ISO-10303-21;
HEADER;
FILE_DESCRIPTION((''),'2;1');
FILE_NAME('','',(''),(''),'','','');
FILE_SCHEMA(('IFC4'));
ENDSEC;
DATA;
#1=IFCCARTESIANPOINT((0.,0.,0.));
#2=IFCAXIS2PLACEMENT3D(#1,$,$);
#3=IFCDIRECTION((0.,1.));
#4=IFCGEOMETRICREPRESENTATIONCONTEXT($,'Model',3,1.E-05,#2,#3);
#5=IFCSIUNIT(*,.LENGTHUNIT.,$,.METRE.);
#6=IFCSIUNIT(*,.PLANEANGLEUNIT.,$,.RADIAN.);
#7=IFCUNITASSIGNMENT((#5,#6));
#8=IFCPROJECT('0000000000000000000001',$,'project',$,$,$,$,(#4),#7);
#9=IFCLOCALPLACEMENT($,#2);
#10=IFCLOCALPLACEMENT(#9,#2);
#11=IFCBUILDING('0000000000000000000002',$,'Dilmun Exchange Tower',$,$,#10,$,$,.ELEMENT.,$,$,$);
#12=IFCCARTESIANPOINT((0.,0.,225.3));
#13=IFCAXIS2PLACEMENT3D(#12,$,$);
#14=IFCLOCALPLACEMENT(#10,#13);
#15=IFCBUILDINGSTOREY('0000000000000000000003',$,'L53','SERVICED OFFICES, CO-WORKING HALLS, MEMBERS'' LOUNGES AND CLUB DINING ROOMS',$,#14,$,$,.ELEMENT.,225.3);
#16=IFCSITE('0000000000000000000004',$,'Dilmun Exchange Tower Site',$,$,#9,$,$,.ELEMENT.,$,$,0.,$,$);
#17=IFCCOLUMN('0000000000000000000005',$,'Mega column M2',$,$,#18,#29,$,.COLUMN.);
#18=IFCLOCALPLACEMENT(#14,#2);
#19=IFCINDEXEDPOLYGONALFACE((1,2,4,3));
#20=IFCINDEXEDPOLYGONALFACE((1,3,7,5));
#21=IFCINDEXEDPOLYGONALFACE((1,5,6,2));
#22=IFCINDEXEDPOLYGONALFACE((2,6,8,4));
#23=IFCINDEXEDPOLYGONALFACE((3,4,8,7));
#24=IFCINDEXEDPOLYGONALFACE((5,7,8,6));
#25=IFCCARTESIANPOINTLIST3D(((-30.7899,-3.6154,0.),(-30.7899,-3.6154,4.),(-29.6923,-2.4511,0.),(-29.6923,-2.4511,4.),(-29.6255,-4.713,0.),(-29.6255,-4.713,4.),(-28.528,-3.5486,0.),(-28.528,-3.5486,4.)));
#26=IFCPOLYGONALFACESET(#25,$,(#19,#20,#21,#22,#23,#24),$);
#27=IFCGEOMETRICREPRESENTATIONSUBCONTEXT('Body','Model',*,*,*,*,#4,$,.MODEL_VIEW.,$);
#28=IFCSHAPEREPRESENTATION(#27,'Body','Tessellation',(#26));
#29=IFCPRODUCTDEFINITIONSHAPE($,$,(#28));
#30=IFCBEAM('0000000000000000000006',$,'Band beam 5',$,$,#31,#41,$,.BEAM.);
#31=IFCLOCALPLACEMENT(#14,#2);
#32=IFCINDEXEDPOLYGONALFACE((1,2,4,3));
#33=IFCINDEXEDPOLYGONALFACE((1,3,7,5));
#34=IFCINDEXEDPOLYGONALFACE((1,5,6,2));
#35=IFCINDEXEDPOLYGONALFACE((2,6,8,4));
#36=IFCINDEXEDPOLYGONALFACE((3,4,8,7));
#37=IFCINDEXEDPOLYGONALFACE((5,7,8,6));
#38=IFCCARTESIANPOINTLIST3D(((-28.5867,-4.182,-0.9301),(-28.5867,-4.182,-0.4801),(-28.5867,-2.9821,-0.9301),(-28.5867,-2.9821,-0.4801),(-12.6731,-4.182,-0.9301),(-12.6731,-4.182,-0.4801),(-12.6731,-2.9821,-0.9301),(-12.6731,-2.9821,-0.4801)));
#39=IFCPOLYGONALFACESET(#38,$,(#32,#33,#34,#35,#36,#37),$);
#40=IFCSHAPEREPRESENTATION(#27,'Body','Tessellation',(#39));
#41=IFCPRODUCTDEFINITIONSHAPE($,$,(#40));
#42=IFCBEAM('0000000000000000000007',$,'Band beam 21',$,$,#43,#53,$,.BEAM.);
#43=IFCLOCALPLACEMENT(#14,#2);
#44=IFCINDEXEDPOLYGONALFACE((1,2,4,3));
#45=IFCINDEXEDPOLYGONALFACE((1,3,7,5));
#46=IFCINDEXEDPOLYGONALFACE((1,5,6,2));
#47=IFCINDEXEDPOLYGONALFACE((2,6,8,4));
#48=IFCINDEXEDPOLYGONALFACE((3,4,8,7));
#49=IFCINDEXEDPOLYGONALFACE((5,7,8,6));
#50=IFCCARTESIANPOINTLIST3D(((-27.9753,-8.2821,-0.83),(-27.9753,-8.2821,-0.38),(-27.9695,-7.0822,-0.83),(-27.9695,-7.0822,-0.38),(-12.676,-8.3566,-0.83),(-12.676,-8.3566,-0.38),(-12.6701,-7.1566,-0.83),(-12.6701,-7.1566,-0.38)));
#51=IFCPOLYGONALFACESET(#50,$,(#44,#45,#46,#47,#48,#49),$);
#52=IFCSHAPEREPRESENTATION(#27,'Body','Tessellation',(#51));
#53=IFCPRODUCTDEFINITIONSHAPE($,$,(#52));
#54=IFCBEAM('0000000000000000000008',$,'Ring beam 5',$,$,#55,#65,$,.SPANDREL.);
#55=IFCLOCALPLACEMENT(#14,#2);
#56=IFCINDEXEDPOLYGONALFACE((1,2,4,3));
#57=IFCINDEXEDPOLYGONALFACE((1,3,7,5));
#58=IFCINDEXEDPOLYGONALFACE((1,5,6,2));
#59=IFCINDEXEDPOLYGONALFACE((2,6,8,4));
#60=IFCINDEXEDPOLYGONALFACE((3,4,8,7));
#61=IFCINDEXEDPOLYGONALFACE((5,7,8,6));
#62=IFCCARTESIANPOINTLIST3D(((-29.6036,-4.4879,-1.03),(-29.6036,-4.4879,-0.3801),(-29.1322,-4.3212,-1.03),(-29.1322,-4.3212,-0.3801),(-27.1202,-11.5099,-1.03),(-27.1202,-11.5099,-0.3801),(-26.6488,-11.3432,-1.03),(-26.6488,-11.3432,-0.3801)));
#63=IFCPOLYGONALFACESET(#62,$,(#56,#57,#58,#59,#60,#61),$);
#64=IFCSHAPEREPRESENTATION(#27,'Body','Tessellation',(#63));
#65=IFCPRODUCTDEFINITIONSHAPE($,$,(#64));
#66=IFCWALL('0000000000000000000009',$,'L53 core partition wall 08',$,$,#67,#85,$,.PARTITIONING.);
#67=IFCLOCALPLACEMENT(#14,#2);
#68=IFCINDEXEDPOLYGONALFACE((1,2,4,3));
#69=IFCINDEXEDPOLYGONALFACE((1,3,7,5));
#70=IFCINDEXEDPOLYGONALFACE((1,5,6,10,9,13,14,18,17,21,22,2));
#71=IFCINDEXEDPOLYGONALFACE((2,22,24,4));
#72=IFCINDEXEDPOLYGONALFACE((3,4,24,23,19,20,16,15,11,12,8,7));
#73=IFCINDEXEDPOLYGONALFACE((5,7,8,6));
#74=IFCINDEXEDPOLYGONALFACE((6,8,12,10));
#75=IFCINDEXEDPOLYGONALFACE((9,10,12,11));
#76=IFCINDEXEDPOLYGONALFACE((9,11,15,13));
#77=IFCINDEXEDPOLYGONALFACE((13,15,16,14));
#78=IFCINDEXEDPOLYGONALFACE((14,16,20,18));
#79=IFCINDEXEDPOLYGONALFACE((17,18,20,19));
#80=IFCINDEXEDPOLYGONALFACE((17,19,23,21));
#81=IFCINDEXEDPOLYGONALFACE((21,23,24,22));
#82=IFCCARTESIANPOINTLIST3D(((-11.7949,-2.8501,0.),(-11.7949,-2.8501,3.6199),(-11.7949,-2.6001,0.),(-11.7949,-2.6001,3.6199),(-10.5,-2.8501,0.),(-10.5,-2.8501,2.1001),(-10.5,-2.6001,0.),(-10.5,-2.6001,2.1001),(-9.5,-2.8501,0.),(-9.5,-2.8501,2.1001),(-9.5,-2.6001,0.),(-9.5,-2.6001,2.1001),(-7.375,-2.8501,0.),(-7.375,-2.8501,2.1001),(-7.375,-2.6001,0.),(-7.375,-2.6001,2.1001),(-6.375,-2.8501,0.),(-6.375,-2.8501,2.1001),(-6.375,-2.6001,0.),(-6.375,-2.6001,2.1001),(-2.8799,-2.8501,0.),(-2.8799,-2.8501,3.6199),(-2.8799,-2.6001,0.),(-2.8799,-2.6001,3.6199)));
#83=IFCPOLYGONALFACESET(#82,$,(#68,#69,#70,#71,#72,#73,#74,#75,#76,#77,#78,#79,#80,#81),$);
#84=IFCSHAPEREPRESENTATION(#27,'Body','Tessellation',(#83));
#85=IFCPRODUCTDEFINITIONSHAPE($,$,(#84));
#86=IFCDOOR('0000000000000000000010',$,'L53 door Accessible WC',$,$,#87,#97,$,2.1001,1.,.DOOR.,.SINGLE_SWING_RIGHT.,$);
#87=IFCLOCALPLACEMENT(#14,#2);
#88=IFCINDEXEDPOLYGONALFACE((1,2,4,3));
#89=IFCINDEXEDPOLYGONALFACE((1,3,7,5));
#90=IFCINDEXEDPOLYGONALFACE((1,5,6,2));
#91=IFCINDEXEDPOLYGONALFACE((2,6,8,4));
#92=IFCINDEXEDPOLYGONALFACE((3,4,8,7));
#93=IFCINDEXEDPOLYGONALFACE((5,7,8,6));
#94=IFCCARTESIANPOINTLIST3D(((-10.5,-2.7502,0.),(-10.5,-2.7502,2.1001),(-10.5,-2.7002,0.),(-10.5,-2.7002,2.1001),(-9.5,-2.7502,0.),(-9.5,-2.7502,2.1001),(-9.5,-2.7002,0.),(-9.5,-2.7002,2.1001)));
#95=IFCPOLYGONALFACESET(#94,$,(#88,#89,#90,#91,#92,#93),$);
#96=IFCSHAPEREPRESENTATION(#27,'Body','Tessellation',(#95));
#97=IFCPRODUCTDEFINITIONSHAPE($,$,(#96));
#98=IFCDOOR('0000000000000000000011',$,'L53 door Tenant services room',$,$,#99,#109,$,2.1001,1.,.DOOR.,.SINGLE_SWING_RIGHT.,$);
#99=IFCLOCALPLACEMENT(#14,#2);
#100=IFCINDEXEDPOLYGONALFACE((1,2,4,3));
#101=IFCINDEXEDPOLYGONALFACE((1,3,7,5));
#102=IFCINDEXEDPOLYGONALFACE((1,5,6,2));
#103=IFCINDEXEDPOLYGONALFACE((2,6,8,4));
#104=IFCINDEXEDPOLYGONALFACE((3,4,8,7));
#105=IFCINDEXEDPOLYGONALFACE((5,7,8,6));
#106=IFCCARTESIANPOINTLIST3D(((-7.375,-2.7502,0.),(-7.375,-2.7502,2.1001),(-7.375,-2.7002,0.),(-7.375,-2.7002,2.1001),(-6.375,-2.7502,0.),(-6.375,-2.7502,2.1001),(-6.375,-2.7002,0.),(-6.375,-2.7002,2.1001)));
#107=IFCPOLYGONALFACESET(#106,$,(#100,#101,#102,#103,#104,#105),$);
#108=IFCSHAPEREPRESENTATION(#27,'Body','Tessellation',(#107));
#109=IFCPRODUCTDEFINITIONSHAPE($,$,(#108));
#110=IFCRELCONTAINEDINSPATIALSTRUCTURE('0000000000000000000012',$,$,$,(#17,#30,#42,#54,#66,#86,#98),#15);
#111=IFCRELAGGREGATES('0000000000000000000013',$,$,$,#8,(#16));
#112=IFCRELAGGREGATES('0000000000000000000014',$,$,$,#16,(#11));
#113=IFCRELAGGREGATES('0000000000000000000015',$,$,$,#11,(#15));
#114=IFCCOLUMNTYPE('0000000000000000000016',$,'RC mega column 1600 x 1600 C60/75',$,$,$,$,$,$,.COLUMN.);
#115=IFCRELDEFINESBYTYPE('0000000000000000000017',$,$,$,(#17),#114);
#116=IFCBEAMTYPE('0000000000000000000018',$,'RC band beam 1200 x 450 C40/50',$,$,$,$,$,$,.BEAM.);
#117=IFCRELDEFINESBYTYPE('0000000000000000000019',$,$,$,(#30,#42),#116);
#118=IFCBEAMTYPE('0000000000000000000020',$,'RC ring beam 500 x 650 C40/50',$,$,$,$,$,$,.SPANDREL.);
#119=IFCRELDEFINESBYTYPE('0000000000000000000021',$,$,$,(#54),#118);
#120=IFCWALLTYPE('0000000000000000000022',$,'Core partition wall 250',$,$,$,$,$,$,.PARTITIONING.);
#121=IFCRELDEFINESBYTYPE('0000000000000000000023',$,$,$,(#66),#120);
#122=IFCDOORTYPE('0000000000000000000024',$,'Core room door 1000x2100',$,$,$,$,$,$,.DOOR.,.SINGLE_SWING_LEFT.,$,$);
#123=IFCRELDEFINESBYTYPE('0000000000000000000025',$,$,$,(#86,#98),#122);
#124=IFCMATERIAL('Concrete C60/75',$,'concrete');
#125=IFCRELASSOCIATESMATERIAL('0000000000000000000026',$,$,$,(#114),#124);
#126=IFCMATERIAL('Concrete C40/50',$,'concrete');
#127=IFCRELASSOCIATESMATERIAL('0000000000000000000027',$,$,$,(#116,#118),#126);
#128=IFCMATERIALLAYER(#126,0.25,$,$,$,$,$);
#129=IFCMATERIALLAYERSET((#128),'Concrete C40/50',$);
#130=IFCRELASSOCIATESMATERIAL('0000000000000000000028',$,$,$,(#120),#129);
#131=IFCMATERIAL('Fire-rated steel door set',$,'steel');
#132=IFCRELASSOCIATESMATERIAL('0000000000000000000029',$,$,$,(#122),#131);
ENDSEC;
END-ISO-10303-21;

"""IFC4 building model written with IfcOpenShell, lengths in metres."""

from ifc_helpers import new_model, si_unit, direction, frame, frame_2d, origin, origin_2d, place, context, subcontext, project, spatial, rectangle, extrude, material, layer, layer_set, material_profile, profile_set, type_object, element, fill, save


model = new_model("IFC4")

# Units and contexts
model_context = context("Model", 3, precision=1e-05, world=origin(), true_north=direction((0.0, 1.0)))
body_context = subcontext(model_context, "Body", "Model", "MODEL_VIEW")
ifc_project = project(units=[si_unit("LENGTHUNIT", "METRE"), si_unit("PLANEANGLEUNIT", "RADIAN")], contexts=[model_context])

# Site, building, storey
site_placement = place(None, origin())
site = spatial("IfcSite", under=ifc_project, at=site_placement, Name="Dilmun Exchange Tower Site", CompositionType="ELEMENT", RefElevation=0.0)
building_placement = place(site_placement, origin())
building = spatial("IfcBuilding", under=site, at=building_placement, Name="Dilmun Exchange Tower", CompositionType="ELEMENT")
storey_placement = place(building_placement, frame((0.0, 0.0, 225.3)))
storey = spatial("IfcBuildingStorey", under=building, at=storey_placement, Name="L53", Description="SERVICED OFFICES, CO-WORKING HALLS, MEMBERS' LOUNGES AND CLUB DINING ROOMS", CompositionType="ELEMENT", Elevation=225.3)

# Column
ifc_material_1 = material(Name="Concrete C60/75", Category="concrete")
ifc_material_profile_1 = material_profile(ifc_material_1, rectangle(XDim=1.6001, YDim=1.6001, at=origin_2d()), Name="1600 x 1600")
ifc_profile_set_1 = profile_set([ifc_material_profile_1], Name="Concrete C60/75")
column_type = type_object("IfcColumnType", Name="RC mega column 1600 x 1600 C60/75", PredefinedType="COLUMN", material=ifc_profile_set_1)
column_placement = place(storey_placement, frame((-29.6589, -3.582, 0.0), z_axis=(0.0, 0.0, 1.0), x_axis=(0.685916, 0.727681, 0.0)))
element("IfcColumn", 1, at=column_placement, inside=storey, type_object=column_type, Name="Mega column M2", PredefinedType="COLUMN", context=body_context, shape_type="SweptSolid", body=[
    extrude(rectangle(XDim=1.6001, YDim=1.6001, at=origin_2d()), origin(), (0.0, 0.0, 1.0), 4.0),
])

# Beams
ifc_material_2 = material(Name="Concrete C40/50", Category="concrete")
ifc_material_profile_2 = material_profile(ifc_material_2, rectangle(XDim=1.2, YDim=0.45, at=origin_2d()), Name="1200 x 450")
ifc_profile_set_2 = profile_set([ifc_material_profile_2], Name="Concrete C40/50")
beam_type_1 = type_object("IfcBeamType", Name="RC band beam 1200 x 450 C40/50", PredefinedType="BEAM", material=ifc_profile_set_2)
beam_1_placement = place(storey_placement, frame((-28.5867, -3.582, -0.7051), z_axis=(1.0, 0.0, 0.0), x_axis=(0.0, 1.0, 0.0)))
element("IfcBeam", 2, at=beam_1_placement, inside=storey, type_object=beam_type_1, Name="Band beam 5", PredefinedType="BEAM", context=body_context, shape_type="SweptSolid", body=[
    extrude(rectangle(XDim=1.2, YDim=0.45, at=origin_2d()), origin(), (0.0, 0.0, 1.0), 15.9136),
])
beam_2_placement = place(storey_placement, frame((-27.9724, -7.6821, -0.605), z_axis=(0.999988, -0.004867, 0.0), x_axis=(0.004867, 0.999988, 0.0)))
element("IfcBeam", 3, at=beam_2_placement, inside=storey, type_object=beam_type_1, Name="Band beam 21", PredefinedType="BEAM", context=body_context, shape_type="SweptSolid", body=[
    extrude(rectangle(XDim=1.2, YDim=0.45, at=origin_2d()), origin(), (0.0, 0.0, 1.0), 15.2996),
])
ifc_material_profile_3 = material_profile(ifc_material_2, rectangle(XDim=0.5, YDim=0.6499, at=origin_2d()), Name="500 x 650")
ifc_profile_set_3 = profile_set([ifc_material_profile_3], Name="Concrete C40/50")
beam_type_2 = type_object("IfcBeamType", Name="RC ring beam 500 x 650 C40/50", PredefinedType="SPANDREL", material=ifc_profile_set_3)
beam_3_placement = place(storey_placement, frame((-29.3679, -4.4045, -0.7051), z_axis=(0.333424, -0.942777, 0.0), x_axis=(0.942777, 0.333424, 0.0)))
element("IfcBeam", 4, at=beam_3_placement, inside=storey, type_object=beam_type_2, Name="Ring beam 5", PredefinedType="SPANDREL", context=body_context, shape_type="SweptSolid", body=[
    extrude(rectangle(XDim=0.5, YDim=0.6499, at=origin_2d()), origin(), (0.0, 0.0, 1.0), 7.4482),
])

# Wall, openings, doors
ifc_layer_1 = layer(ifc_material_2, 0.25)
ifc_layer_set_1 = layer_set([ifc_layer_1], Name="Concrete C40/50")
wall_type_1 = type_object("IfcWallType", Name="Core partition wall 250", PredefinedType="PARTITIONING", material=ifc_layer_set_1)
wall_1_placement = place(storey_placement, frame((-11.7949, -2.7251, 0.0), z_axis=(0.0, 0.0, 1.0), x_axis=(1.0, 0.0, 0.0)))
wall_1 = element("IfcWall", 5, at=wall_1_placement, inside=storey, type_object=wall_type_1, Name="L53 core partition wall 08", PredefinedType="PARTITIONING", context=body_context, shape_type="SweptSolid", body=[
    extrude(rectangle(XDim=8.915, YDim=0.25, at=frame_2d((4.4575, 0.0))), origin(), (0.0, 0.0, 1.0), 3.6199),
])
opening_1_placement = place(wall_1_placement, frame((1.2949, 0.0, 0.0)))
opening_1 = element("IfcOpeningElement", 6, at=opening_1_placement, cuts=wall_1, PredefinedType="OPENING", context=body_context, shape_type="SweptSolid", body=[
    extrude(rectangle(XDim=1.0, YDim=2.1001, at=frame_2d((0.5, 1.05))), frame((0.0, 0.135, 0.0), z_axis=(0.0, -1.0, 0.0), x_axis=(1.0, 0.0, 0.0)), (0.0, 0.0, 1.0), 0.27),
])
opening_2_placement = place(wall_1_placement, frame((4.4199, 0.0, 0.0)))
opening_2 = element("IfcOpeningElement", 7, at=opening_2_placement, cuts=wall_1, PredefinedType="OPENING", context=body_context, shape_type="SweptSolid", body=[
    extrude(rectangle(XDim=1.0, YDim=2.1001, at=frame_2d((0.5, 1.05))), frame((0.0, 0.135, 0.0), z_axis=(0.0, -1.0, 0.0), x_axis=(1.0, 0.0, 0.0)), (0.0, 0.0, 1.0), 0.27),
])
ifc_material_3 = material(Name="Fire-rated steel door set", Category="steel")
door_type_1 = type_object("IfcDoorType", Name="Core room door 1000x2100", OperationType="SINGLE_SWING_LEFT", PredefinedType="DOOR", material=ifc_material_3)
door_1_placement = place(opening_1_placement, origin())
door_1 = element("IfcDoor", 8, at=door_1_placement, inside=storey, type_object=door_type_1, Name="L53 door Accessible WC", OperationType="SINGLE_SWING_RIGHT", OverallHeight=2.1001, OverallWidth=1.0, PredefinedType="DOOR", context=body_context, shape_type="SweptSolid", body=[
    extrude(rectangle(XDim=1.0, YDim=2.1001, at=frame_2d((0.5, 1.05))), frame((0.0, 0.0249, 0.0), z_axis=(0.0, -1.0, 0.0), x_axis=(1.0, 0.0, 0.0)), (0.0, 0.0, 1.0), 0.05),
])
fill(opening_1, door_1)
door_2_placement = place(opening_2_placement, origin())
door_2 = element("IfcDoor", 9, at=door_2_placement, inside=storey, type_object=door_type_1, Name="L53 door Tenant services room", OperationType="SINGLE_SWING_RIGHT", OverallHeight=2.1001, OverallWidth=1.0, PredefinedType="DOOR", context=body_context, shape_type="SweptSolid", body=[
    extrude(rectangle(XDim=1.0, YDim=2.1001, at=frame_2d((0.5, 1.05))), frame((0.0, 0.0249, 0.0), z_axis=(0.0, -1.0, 0.0), x_axis=(1.0, 0.0, 0.0)), (0.0, 0.0, 1.0), 0.05),
])
fill(opening_2, door_2)

save(model, "model.ifc")
